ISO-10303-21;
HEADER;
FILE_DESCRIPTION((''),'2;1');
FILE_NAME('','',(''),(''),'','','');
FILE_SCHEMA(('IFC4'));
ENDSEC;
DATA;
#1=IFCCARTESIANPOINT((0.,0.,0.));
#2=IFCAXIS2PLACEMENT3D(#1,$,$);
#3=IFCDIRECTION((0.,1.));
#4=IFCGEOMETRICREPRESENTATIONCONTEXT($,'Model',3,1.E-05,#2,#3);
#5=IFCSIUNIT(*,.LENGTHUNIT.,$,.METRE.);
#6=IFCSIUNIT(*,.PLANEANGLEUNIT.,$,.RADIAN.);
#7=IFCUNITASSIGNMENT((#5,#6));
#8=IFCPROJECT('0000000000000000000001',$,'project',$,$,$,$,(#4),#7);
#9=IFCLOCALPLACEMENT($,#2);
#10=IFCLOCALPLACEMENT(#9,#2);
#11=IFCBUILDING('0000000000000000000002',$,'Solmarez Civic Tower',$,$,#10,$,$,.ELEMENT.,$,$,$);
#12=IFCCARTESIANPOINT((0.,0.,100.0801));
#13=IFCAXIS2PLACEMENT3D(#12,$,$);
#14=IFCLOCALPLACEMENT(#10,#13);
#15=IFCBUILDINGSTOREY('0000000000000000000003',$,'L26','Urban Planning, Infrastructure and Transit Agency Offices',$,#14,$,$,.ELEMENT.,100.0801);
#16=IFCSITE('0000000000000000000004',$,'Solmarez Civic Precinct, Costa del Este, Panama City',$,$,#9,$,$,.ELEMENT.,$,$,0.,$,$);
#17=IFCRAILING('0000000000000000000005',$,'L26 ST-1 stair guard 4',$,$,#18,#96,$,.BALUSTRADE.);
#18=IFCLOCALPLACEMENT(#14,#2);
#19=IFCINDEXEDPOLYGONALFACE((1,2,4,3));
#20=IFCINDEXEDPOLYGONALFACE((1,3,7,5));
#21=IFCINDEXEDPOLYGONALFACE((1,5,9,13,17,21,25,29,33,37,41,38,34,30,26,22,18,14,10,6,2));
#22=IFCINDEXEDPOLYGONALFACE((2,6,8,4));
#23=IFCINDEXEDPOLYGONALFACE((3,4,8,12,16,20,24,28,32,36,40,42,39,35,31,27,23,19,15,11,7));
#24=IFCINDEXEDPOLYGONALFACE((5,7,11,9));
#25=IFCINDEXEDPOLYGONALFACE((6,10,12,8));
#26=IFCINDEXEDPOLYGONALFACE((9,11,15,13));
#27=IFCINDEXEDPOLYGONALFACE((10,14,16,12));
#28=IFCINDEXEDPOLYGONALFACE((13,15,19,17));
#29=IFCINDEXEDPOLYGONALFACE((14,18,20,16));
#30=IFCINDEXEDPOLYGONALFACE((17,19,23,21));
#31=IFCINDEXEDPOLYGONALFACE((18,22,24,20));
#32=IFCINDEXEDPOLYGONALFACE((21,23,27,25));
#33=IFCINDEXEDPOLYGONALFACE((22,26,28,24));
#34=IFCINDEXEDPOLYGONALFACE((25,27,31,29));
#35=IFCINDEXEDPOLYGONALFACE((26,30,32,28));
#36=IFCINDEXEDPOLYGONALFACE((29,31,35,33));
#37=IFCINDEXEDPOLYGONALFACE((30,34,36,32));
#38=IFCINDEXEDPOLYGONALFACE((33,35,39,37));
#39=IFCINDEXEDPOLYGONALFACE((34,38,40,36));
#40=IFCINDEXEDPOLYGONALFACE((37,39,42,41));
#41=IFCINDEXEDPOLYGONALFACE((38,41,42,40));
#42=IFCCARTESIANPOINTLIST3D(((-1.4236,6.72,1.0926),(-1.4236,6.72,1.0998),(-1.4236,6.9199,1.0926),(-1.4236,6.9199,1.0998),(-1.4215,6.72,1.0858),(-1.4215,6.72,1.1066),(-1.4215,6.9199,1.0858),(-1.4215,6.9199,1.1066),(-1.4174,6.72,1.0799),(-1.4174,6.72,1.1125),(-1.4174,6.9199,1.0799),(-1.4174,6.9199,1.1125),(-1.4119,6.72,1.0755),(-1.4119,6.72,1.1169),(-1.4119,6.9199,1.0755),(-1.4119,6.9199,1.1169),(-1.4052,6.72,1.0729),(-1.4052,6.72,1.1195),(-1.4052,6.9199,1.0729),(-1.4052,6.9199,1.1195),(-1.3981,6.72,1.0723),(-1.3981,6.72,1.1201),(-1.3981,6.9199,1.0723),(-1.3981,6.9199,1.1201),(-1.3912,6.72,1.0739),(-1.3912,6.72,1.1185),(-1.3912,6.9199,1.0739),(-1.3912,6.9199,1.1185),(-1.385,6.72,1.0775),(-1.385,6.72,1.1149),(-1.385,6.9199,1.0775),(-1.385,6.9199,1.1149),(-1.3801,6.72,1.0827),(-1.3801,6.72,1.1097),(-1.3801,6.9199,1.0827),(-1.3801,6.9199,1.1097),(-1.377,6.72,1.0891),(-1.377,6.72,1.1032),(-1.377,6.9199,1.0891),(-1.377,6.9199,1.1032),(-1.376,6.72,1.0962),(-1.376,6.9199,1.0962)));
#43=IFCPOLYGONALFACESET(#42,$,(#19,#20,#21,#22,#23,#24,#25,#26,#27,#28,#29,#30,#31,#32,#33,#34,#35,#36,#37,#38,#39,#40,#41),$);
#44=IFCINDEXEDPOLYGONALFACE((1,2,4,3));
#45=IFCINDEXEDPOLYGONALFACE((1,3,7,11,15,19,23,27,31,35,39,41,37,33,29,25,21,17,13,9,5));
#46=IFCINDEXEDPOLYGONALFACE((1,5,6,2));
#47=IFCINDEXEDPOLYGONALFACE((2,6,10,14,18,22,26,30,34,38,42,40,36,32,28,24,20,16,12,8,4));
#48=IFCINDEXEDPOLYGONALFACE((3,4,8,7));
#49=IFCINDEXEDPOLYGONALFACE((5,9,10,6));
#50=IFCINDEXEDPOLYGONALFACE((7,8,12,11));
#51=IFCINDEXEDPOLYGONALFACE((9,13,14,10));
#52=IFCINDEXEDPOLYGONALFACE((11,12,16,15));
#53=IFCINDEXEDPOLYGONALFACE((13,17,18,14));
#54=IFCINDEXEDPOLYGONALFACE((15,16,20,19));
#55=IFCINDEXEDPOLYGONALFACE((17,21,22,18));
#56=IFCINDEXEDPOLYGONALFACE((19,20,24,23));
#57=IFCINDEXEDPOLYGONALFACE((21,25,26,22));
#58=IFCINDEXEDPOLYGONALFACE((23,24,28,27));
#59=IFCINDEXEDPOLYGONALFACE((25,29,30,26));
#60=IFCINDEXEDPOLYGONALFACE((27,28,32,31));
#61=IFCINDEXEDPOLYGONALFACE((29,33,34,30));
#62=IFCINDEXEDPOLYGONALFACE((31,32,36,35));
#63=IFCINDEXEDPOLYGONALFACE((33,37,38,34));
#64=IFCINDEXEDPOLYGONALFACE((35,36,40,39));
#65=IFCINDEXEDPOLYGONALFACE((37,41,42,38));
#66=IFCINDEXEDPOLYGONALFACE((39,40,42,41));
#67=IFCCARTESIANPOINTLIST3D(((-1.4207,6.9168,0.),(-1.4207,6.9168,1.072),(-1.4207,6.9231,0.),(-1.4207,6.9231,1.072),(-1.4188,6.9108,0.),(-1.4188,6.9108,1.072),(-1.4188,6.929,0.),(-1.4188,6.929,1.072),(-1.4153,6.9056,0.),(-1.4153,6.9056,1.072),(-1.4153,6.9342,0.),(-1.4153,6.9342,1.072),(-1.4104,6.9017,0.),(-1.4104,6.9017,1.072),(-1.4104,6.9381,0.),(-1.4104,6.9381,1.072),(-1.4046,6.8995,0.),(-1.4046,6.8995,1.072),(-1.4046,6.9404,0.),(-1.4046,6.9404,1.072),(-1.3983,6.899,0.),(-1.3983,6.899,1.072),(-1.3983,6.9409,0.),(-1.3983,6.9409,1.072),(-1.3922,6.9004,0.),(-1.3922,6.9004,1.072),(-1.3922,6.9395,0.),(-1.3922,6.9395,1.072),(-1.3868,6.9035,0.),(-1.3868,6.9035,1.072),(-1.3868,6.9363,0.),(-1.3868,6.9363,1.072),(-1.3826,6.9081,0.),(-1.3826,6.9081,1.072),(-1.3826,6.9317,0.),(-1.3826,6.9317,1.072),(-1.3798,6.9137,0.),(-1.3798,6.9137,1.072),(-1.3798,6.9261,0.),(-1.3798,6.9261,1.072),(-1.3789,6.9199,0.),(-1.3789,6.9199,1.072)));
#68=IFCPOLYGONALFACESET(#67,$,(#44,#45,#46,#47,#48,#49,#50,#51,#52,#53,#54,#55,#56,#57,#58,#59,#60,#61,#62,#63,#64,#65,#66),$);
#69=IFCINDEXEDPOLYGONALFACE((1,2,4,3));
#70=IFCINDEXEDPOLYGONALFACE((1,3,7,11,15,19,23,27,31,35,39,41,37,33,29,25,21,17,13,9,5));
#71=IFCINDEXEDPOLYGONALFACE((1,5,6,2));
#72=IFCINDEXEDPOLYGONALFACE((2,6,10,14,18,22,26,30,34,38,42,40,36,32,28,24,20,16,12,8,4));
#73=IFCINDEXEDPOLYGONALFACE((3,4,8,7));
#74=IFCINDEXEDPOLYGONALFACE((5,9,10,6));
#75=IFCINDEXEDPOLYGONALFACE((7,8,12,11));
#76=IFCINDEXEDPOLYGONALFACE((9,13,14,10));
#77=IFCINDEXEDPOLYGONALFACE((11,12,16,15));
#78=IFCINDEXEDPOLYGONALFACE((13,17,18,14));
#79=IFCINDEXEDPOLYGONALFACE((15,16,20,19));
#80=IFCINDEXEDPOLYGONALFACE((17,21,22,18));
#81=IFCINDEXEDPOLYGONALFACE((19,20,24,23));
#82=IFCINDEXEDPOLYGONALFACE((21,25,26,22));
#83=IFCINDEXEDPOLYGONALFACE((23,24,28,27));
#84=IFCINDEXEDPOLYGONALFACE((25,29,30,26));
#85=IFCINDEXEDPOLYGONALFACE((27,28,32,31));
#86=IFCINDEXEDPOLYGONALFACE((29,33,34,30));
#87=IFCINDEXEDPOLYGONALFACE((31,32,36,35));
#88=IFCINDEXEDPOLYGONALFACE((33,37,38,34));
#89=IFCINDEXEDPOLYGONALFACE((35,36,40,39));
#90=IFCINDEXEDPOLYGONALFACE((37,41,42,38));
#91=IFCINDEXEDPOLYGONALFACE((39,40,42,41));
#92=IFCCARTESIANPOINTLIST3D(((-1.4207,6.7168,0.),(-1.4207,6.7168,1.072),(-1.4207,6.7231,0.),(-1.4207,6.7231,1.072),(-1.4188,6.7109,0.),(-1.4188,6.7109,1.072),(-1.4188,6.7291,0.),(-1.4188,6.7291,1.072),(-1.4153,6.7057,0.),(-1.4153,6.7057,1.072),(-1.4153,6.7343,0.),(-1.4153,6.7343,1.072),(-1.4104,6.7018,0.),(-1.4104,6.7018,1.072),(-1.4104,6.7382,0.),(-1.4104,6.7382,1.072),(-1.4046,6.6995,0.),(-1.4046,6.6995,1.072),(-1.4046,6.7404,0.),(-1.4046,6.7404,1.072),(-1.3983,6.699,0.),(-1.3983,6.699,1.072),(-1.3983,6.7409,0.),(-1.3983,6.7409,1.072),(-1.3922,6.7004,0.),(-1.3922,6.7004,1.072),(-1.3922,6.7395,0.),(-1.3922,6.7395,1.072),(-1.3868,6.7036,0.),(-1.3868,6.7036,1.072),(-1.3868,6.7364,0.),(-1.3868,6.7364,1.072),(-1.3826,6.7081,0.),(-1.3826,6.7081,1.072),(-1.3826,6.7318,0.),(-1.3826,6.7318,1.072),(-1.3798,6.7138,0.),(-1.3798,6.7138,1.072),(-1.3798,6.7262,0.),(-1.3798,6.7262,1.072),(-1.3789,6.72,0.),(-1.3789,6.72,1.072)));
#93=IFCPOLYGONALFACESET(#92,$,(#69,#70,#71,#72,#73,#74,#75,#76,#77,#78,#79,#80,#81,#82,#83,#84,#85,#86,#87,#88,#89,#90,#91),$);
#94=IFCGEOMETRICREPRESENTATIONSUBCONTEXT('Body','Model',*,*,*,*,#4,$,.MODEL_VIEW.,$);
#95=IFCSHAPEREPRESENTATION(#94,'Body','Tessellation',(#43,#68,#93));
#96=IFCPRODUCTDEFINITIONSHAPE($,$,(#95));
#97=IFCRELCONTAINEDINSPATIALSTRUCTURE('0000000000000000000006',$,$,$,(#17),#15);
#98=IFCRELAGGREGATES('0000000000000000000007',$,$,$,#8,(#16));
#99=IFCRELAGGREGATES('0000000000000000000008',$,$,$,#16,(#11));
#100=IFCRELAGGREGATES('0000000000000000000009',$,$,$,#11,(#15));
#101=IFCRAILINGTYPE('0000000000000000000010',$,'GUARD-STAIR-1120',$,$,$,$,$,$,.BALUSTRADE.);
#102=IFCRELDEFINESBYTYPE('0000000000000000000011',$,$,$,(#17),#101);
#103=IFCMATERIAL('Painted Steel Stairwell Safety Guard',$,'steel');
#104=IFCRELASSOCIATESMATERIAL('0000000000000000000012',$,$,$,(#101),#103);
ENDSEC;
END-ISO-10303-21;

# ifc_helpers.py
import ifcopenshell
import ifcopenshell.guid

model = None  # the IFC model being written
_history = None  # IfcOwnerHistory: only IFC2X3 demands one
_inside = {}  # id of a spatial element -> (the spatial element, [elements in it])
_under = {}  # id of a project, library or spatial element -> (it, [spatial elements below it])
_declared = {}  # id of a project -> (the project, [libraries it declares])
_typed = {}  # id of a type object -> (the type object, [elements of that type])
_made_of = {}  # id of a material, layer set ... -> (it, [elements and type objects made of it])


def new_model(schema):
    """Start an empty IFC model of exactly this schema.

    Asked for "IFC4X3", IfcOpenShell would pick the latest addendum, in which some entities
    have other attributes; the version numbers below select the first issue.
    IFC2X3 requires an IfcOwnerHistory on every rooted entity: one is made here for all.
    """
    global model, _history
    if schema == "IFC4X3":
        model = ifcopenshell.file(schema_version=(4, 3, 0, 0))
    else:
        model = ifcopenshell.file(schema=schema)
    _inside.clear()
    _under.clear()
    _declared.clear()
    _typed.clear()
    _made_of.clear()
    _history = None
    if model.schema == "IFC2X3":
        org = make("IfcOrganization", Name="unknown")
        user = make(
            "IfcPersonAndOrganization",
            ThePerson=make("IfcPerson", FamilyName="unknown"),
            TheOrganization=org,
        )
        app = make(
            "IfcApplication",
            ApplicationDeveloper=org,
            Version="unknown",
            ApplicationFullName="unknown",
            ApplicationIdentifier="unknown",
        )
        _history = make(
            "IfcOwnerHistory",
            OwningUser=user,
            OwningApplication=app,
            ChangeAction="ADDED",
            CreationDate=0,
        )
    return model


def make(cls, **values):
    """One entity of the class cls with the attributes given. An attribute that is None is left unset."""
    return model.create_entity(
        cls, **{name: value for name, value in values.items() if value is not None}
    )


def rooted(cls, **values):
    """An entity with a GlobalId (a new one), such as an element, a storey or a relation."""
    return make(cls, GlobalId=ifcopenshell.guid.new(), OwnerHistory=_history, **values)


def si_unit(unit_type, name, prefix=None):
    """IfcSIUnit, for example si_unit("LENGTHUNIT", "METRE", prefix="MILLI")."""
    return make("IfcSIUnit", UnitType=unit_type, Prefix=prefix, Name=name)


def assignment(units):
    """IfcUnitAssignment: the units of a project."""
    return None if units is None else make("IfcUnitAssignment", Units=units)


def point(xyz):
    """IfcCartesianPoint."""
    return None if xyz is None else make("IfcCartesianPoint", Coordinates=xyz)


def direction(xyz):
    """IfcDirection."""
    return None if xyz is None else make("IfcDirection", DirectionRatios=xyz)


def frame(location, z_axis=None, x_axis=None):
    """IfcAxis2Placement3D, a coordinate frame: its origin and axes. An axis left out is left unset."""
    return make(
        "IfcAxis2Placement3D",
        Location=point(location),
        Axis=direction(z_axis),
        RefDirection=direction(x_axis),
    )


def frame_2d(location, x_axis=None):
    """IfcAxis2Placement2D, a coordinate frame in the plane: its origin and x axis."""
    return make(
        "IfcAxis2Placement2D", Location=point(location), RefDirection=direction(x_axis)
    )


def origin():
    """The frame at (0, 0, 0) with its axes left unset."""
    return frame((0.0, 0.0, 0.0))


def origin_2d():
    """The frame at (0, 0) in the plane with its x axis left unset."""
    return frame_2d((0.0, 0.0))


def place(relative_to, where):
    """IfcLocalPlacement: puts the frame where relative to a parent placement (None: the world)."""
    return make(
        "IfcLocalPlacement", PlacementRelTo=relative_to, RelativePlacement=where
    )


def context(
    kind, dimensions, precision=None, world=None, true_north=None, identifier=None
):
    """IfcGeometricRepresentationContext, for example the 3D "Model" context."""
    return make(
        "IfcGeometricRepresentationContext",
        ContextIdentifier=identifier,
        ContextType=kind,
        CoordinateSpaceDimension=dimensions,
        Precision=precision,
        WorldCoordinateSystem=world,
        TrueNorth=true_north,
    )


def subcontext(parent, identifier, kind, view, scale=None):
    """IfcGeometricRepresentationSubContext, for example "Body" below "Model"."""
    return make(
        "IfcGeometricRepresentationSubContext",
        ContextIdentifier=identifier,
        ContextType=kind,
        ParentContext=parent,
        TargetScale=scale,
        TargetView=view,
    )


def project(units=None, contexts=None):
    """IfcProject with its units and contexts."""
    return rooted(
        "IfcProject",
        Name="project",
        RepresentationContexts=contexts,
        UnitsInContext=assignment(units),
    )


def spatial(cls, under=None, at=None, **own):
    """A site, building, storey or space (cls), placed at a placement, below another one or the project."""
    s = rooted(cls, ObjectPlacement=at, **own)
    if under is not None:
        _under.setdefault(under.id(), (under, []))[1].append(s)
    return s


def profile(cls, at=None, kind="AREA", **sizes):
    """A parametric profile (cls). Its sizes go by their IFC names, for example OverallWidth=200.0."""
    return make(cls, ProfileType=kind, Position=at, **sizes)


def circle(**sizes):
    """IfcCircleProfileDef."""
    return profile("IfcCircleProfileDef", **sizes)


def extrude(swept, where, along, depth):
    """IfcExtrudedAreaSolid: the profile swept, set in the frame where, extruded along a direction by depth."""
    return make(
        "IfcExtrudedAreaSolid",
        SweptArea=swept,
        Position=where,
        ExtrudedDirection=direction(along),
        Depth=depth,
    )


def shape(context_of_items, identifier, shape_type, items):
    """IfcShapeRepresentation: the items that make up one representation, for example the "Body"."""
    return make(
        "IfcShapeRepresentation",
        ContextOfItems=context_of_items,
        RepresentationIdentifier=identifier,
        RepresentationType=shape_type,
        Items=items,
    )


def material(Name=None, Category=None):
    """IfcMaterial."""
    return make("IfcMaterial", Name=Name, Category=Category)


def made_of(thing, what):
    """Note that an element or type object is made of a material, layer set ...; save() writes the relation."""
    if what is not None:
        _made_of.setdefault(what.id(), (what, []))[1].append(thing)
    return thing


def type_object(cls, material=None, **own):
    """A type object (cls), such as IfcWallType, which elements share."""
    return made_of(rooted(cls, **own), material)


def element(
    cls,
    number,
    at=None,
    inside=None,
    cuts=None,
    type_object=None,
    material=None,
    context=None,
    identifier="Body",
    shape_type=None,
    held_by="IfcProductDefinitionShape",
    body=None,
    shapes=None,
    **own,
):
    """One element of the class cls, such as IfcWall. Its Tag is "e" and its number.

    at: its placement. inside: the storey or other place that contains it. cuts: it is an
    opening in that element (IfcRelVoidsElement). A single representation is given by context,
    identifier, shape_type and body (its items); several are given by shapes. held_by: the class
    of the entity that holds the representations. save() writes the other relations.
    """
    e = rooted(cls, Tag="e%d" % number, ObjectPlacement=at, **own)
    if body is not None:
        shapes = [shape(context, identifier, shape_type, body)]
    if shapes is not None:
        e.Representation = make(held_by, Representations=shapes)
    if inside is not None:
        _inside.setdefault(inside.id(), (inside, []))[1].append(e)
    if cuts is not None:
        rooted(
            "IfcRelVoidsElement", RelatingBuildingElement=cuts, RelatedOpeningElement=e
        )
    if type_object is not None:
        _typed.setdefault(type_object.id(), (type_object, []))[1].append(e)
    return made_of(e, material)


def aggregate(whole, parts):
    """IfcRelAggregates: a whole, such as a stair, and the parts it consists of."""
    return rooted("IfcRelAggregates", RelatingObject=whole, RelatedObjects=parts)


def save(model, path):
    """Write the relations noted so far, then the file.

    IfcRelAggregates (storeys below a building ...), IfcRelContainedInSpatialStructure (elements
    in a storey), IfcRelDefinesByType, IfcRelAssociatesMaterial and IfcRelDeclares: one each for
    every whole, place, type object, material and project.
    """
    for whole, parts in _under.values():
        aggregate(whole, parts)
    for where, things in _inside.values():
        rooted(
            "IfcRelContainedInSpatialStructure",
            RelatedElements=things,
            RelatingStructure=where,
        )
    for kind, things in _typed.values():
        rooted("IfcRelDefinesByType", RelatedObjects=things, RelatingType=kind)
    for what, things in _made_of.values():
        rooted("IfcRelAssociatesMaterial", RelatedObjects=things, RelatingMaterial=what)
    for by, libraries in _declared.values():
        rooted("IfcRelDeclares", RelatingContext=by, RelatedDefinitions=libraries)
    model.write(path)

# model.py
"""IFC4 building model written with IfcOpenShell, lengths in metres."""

from ifc_helpers import new_model, si_unit, direction, frame, origin, origin_2d, place, context, subcontext, project, spatial, circle, extrude, material, type_object, element, save


model = new_model("IFC4")

# Units and contexts
model_context = context("Model", 3, precision=1e-05, world=origin(), true_north=direction((0.0, 1.0)))
body_context = subcontext(model_context, "Body", "Model", "MODEL_VIEW")
ifc_project = project(units=[si_unit("LENGTHUNIT", "METRE"), si_unit("PLANEANGLEUNIT", "RADIAN")], contexts=[model_context])

# Site, building, storey
site_placement = place(None, origin())
site = spatial("IfcSite", under=ifc_project, at=site_placement, Name="Solmarez Civic Precinct, Costa del Este, Panama City", CompositionType="ELEMENT", RefElevation=0.0)
building_placement = place(site_placement, origin())
building = spatial("IfcBuilding", under=site, at=building_placement, Name="Solmarez Civic Tower", CompositionType="ELEMENT")
storey_placement = place(building_placement, frame((0.0, 0.0, 100.0801)))
storey = spatial("IfcBuildingStorey", under=building, at=storey_placement, Name="L26", Description="Urban Planning, Infrastructure and Transit Agency Offices", CompositionType="ELEMENT", Elevation=100.0801)

# Railing
ifc_material_1 = material(Name="Painted Steel Stairwell Safety Guard", Category="steel")
railing_type_1 = type_object("IfcRailingType", Name="GUARD-STAIR-1120", PredefinedType="BALUSTRADE", material=ifc_material_1)
railing_1_placement = place(storey_placement, frame((-1.3999, 6.9199, 0.0)))
element("IfcRailing", 1, at=railing_1_placement, inside=storey, type_object=railing_type_1, Name="L26 ST-1 stair guard 4", PredefinedType="BALUSTRADE", context=body_context, shape_type="SweptSolid", body=[
    extrude(circle(Radius=0.0239, at=origin_2d()), frame((0.0, 0.0, 1.0962), z_axis=(0.0, -1.0, 0.0), x_axis=(1.0, 0.0, 0.0)), (0.0, 0.0, 1.0), 0.2),
    extrude(circle(Radius=0.021, at=origin_2d()), origin(), (0.0, 0.0, 1.0), 1.072),
    extrude(circle(Radius=0.021, at=origin_2d()), frame((0.0, -0.2, 0.0)), (0.0, 0.0, 1.0), 1.072),
])

save(model, "model.ifc")
